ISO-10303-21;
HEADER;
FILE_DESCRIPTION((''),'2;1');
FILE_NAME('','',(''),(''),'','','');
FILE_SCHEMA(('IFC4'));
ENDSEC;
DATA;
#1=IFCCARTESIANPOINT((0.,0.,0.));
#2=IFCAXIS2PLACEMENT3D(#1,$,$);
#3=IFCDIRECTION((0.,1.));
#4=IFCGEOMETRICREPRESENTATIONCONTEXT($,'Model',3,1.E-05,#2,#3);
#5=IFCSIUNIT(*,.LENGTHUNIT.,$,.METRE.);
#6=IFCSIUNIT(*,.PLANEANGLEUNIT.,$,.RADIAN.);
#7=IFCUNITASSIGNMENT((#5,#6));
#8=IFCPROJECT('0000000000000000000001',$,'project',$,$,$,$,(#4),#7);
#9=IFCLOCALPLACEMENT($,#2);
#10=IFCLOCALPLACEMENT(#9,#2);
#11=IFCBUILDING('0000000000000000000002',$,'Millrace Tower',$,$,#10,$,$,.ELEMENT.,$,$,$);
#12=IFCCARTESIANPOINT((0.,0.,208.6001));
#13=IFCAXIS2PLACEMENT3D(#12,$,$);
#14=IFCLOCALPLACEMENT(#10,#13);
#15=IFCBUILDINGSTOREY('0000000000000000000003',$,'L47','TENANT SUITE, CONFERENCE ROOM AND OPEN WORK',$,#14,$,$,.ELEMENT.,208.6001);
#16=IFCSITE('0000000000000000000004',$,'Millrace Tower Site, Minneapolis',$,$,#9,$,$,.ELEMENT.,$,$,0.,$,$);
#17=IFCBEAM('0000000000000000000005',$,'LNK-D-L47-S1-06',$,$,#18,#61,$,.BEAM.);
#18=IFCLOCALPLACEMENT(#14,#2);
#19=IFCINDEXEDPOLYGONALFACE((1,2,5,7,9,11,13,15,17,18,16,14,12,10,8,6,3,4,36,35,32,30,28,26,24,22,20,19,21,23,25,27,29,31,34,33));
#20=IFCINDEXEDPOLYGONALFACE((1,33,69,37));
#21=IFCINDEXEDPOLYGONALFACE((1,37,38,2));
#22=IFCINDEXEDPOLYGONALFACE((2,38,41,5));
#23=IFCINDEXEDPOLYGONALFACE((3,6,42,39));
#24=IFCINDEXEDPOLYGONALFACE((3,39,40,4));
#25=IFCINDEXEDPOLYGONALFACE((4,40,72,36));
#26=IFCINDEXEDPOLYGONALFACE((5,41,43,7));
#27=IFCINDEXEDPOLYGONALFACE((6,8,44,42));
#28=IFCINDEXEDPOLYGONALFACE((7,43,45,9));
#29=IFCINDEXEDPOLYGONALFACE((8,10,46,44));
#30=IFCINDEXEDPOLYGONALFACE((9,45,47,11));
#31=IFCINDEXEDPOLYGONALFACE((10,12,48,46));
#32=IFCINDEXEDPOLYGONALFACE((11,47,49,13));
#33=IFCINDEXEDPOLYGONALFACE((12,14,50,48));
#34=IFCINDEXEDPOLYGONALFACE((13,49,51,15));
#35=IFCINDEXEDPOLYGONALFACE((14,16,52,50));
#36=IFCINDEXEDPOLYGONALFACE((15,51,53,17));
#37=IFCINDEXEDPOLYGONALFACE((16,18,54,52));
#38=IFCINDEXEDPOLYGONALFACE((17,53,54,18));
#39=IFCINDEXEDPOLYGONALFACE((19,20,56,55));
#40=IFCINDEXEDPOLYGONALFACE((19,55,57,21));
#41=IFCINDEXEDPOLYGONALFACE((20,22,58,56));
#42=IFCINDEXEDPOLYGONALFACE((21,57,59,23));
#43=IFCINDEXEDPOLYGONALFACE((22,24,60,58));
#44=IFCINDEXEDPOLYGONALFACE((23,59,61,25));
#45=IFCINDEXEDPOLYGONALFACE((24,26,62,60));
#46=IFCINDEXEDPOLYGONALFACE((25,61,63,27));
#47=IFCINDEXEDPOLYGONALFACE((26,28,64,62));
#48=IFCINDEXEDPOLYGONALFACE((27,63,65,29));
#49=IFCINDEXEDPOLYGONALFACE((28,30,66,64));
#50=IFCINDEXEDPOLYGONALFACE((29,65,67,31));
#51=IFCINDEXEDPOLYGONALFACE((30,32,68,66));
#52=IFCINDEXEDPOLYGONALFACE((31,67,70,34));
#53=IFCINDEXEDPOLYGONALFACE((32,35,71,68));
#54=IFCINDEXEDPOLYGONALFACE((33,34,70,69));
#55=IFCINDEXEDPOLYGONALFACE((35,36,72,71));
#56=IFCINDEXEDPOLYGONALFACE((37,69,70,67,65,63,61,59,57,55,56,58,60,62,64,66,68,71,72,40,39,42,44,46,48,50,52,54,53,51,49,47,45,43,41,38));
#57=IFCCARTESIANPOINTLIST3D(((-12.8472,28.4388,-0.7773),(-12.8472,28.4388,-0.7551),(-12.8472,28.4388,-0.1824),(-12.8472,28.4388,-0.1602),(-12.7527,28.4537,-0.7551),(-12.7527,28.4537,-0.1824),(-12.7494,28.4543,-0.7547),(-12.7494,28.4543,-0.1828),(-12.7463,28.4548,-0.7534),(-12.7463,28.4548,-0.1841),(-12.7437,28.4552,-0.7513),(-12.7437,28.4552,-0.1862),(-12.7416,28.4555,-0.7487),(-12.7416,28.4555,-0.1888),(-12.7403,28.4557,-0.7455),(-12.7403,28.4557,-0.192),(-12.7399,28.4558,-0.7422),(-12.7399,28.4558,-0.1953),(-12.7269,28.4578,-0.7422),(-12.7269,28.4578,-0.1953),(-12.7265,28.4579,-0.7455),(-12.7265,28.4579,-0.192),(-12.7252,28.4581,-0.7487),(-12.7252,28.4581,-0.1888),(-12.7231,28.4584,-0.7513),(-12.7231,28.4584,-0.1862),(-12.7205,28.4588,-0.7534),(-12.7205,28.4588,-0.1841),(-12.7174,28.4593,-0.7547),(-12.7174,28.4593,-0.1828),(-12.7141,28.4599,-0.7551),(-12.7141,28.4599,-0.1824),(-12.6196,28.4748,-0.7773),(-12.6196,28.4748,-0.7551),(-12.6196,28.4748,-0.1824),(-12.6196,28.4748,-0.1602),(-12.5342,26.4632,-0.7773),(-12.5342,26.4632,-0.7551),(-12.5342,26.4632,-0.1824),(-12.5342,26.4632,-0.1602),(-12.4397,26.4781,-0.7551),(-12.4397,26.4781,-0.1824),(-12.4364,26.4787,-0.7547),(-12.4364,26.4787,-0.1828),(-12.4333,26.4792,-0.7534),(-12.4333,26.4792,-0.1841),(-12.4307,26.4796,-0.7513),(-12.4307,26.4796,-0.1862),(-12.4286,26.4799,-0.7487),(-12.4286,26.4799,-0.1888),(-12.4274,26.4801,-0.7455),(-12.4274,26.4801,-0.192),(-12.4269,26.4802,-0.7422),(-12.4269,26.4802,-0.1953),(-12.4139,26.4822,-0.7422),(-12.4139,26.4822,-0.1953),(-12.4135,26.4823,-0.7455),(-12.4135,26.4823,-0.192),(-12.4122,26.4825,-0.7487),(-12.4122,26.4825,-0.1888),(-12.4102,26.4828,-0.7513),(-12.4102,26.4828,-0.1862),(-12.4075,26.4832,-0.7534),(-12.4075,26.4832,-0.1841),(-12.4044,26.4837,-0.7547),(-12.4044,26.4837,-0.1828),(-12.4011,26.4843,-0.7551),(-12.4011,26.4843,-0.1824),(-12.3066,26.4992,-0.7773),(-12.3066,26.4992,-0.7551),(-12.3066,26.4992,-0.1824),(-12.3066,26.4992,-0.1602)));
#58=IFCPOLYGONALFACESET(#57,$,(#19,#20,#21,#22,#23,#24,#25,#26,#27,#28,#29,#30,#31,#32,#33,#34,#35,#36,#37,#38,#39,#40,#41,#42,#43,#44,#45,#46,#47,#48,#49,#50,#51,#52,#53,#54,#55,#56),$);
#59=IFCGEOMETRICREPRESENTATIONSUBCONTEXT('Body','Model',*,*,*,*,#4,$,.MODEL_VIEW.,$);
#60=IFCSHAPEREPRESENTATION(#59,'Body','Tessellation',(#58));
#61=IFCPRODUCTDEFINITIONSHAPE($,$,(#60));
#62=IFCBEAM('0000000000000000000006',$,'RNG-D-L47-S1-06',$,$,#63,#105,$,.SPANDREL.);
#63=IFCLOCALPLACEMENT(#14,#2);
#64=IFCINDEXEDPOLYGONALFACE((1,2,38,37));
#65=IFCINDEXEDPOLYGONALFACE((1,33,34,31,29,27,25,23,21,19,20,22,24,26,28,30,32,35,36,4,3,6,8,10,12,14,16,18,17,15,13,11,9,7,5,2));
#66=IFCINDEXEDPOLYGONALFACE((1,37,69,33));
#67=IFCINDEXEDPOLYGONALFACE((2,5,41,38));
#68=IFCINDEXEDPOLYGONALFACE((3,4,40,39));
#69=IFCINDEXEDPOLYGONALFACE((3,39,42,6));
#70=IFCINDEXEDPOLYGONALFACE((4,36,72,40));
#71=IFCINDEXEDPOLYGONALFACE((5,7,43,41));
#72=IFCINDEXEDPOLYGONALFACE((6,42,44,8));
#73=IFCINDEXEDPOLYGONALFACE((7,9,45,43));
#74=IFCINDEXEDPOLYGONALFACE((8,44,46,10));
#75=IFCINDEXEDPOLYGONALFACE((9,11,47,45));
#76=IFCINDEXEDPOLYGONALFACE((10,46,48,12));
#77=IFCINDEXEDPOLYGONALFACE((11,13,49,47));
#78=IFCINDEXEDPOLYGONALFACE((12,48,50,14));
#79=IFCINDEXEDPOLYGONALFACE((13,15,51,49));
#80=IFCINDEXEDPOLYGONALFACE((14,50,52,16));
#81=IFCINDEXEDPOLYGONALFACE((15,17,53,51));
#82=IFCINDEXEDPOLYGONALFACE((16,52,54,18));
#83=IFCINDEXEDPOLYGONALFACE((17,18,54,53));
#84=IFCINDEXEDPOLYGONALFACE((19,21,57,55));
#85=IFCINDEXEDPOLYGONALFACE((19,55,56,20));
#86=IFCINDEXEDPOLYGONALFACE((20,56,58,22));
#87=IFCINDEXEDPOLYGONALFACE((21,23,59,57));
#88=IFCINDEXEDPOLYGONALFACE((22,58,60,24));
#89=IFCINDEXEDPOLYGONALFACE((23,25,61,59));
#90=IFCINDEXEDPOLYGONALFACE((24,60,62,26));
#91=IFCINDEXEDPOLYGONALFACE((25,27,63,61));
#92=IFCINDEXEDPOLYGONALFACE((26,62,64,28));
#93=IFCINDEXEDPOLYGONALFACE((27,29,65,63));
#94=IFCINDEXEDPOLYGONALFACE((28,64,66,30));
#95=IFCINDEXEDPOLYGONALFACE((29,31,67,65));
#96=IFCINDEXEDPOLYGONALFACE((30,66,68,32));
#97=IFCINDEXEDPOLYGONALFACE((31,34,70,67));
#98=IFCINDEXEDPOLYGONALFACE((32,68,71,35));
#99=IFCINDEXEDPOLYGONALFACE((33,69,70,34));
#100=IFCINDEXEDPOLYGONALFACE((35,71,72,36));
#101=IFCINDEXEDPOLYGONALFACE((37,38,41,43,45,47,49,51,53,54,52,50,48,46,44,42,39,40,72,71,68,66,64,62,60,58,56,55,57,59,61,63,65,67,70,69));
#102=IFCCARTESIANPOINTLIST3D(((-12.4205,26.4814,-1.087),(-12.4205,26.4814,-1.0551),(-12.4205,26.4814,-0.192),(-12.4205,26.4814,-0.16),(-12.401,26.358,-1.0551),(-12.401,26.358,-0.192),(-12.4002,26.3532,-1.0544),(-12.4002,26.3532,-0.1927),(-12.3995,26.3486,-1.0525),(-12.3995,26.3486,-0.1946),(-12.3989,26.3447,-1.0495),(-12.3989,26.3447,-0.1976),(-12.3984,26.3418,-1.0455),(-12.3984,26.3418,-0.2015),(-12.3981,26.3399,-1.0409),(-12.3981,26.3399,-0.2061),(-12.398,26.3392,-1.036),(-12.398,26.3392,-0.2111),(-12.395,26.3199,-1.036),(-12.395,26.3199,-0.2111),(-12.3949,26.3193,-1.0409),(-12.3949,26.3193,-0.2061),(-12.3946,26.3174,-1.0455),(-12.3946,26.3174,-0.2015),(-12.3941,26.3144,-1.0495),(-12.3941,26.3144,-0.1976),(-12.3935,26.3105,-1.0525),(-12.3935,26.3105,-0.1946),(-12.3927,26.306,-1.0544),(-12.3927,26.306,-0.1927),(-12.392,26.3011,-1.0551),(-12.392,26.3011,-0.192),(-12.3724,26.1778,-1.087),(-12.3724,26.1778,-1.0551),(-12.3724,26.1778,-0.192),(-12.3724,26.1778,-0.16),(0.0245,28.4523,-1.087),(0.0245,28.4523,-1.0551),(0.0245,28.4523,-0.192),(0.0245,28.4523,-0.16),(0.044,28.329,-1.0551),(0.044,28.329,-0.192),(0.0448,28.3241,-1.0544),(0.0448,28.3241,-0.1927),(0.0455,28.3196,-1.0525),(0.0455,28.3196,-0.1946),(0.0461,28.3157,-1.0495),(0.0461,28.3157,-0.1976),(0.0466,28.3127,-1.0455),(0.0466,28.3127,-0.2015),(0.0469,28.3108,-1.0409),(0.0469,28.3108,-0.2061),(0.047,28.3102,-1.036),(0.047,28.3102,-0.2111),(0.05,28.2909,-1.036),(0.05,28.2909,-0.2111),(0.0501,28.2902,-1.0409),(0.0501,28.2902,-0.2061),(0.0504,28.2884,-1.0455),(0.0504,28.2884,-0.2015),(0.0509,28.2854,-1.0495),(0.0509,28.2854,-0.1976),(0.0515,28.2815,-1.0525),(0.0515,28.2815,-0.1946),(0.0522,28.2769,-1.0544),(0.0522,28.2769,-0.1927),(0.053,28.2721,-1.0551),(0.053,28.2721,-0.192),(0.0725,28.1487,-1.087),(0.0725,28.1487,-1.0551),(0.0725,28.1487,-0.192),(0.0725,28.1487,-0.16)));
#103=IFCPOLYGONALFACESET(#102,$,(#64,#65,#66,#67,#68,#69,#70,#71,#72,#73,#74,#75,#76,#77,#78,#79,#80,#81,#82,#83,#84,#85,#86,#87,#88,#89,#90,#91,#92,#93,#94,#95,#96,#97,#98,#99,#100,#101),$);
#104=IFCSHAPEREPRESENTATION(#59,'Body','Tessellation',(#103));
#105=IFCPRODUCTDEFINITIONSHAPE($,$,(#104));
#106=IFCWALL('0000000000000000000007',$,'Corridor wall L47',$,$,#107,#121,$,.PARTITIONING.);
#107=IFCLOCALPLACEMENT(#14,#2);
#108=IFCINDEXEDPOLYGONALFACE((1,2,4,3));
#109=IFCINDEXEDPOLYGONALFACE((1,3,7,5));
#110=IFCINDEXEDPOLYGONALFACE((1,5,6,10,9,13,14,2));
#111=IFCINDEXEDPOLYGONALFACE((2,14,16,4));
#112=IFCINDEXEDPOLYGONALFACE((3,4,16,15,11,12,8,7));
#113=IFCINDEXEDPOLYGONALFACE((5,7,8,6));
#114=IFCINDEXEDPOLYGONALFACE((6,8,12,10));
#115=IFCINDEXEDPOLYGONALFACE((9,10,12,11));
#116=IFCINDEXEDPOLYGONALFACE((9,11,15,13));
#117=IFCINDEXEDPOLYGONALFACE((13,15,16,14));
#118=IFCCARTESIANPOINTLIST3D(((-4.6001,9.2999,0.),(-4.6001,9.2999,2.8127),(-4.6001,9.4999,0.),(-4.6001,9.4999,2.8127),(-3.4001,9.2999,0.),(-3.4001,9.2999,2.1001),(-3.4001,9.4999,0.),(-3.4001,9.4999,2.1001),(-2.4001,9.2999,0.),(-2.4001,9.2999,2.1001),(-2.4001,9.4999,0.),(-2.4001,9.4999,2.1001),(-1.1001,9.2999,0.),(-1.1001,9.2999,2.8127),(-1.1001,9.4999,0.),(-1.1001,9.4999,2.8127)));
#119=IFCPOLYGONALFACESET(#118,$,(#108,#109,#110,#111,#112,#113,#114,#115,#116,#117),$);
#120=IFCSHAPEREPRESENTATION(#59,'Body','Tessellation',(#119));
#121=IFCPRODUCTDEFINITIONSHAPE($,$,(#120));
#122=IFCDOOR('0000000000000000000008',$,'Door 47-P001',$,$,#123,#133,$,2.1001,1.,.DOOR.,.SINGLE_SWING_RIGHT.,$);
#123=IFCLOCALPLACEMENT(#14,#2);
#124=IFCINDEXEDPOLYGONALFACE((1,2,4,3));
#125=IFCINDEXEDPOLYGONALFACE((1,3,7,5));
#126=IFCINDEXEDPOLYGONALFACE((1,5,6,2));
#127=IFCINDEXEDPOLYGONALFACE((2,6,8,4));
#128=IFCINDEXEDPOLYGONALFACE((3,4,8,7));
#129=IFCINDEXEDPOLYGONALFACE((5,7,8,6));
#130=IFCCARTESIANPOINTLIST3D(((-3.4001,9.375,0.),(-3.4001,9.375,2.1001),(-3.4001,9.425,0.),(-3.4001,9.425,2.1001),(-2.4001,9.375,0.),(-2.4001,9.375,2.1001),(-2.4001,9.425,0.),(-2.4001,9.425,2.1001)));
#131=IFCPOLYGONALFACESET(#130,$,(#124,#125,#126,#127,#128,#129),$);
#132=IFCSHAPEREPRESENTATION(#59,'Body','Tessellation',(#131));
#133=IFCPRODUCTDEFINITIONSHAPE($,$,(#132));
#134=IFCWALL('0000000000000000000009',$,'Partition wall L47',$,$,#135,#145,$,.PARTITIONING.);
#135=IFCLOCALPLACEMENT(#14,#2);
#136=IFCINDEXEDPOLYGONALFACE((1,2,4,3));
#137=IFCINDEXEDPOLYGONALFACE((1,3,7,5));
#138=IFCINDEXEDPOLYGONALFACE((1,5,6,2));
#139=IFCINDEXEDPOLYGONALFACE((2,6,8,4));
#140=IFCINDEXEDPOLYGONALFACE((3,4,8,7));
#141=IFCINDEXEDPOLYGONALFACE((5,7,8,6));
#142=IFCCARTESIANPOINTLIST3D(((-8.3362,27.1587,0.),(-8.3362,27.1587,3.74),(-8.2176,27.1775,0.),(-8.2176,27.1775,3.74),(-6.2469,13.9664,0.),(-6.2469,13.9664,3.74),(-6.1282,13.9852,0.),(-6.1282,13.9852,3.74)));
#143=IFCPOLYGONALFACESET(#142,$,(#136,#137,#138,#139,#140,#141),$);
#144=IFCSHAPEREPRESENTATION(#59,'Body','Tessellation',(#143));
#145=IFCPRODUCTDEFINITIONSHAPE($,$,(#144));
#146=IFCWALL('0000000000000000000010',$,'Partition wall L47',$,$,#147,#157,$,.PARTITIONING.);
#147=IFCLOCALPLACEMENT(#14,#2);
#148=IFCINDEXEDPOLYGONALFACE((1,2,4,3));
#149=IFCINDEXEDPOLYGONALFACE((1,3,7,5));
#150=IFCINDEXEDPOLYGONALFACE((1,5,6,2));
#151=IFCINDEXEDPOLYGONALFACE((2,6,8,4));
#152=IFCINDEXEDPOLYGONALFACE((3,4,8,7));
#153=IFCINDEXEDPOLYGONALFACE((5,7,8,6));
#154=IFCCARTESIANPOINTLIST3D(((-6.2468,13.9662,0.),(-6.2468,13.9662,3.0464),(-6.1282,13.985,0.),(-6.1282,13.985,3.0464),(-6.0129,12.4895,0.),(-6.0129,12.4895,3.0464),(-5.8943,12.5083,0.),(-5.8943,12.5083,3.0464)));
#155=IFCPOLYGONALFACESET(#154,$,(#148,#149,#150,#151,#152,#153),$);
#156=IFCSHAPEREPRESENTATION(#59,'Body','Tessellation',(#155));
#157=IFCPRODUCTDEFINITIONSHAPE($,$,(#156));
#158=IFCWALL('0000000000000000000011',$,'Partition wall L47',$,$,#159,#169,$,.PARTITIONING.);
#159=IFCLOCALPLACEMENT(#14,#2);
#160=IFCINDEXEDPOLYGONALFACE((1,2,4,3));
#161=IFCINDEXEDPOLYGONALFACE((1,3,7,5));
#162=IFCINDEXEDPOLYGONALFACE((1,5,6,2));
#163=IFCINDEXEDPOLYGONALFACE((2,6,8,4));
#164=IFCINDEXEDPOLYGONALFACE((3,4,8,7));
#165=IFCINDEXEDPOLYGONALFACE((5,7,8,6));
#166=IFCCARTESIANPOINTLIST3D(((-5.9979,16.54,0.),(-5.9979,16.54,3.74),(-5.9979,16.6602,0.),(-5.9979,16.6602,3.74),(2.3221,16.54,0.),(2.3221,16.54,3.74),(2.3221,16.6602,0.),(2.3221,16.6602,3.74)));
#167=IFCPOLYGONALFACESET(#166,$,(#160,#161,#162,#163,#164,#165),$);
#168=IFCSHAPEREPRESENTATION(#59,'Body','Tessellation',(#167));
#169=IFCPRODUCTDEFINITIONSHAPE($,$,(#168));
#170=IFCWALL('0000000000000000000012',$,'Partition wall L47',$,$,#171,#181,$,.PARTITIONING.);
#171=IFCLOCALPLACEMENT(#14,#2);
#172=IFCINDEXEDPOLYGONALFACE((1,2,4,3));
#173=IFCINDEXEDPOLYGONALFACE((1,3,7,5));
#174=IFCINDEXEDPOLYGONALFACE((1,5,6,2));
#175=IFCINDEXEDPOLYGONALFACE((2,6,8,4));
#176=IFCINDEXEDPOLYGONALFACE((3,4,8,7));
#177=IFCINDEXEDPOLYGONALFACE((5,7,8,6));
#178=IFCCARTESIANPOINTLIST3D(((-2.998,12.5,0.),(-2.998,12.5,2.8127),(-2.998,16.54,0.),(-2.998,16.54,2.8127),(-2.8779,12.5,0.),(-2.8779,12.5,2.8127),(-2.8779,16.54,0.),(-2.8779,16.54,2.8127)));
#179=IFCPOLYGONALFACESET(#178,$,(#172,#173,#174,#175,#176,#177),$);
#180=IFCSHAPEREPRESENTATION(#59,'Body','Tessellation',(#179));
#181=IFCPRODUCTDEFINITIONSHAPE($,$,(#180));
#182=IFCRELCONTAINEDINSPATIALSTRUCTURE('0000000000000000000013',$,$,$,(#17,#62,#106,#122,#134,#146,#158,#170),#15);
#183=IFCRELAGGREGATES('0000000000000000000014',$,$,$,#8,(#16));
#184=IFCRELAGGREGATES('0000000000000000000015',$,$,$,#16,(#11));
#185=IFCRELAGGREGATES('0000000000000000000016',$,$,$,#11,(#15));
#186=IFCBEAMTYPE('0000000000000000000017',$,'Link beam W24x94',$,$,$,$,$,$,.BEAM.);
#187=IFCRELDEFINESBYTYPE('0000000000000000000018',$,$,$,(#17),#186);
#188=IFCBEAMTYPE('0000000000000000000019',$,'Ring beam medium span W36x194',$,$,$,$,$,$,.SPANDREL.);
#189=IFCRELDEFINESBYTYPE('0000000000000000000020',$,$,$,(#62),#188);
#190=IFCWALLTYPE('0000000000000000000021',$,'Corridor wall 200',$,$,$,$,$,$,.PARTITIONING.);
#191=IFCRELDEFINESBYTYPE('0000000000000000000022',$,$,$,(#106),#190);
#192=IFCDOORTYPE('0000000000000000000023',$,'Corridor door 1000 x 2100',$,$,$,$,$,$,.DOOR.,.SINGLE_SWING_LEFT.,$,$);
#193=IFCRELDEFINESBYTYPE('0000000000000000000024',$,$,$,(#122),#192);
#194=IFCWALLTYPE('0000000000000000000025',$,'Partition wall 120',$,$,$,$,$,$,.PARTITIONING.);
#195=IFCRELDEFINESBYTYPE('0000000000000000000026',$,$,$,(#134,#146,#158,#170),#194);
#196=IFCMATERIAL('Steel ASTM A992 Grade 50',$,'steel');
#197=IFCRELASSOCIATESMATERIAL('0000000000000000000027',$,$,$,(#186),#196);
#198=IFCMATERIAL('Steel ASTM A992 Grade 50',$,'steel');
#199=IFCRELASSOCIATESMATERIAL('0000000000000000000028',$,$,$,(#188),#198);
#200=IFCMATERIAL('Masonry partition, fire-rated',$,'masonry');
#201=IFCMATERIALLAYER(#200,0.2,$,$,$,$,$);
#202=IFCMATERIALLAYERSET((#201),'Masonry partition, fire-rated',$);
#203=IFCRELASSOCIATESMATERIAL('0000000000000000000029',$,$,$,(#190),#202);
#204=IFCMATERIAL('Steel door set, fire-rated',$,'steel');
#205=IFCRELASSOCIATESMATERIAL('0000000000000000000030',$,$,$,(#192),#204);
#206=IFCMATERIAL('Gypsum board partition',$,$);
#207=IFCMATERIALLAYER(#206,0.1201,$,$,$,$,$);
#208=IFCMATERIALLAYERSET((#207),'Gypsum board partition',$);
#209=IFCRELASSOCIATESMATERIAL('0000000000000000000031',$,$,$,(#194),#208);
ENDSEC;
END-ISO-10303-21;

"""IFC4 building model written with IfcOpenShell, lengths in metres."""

from ifc_helpers import new_model, si_unit, direction, frame, frame_2d, origin, origin_2d, place, context, subcontext, project, spatial, rectangle, i_section, extrude, material, layer, layer_set, material_profile, profile_set, type_object, element, fill, save


model = new_model("IFC4")

# Units and contexts
model_context = context("Model", 3, precision=1e-05, world=origin(), true_north=direction((0.0, 1.0)))
body_context = subcontext(model_context, "Body", "Model", "MODEL_VIEW")
ifc_project = project(units=[si_unit("LENGTHUNIT", "METRE"), si_unit("PLANEANGLEUNIT", "RADIAN")], contexts=[model_context])

# Site, building, storey
site_placement = place(None, origin())
site = spatial("IfcSite", under=ifc_project, at=site_placement, Name="Millrace Tower Site, Minneapolis", CompositionType="ELEMENT", RefElevation=0.0)
building_placement = place(site_placement, origin())
building = spatial("IfcBuilding", under=site, at=building_placement, Name="Millrace Tower", CompositionType="ELEMENT")
storey_placement = place(building_placement, frame((0.0, 0.0, 208.6001)))
storey = spatial("IfcBuildingStorey", under=building, at=storey_placement, Name="L47", Description="TENANT SUITE, CONFERENCE ROOM AND OPEN WORK", CompositionType="ELEMENT", Elevation=208.6001)

# Beams
ifc_material_1 = material(Name="Steel ASTM A992 Grade 50", Category="steel")
ifc_material_profile_1 = material_profile(ifc_material_1, i_section(OverallWidth=0.2305, OverallDepth=0.6172, WebThickness=0.0132, FlangeThickness=0.0222, FilletRadius=0.0129, at=origin_2d()))
ifc_profile_set_1 = profile_set([ifc_material_profile_1], Name="Steel ASTM A992 Grade 50")
beam_type_1 = type_object("IfcBeamType", Name="Link beam W24x94", PredefinedType="BEAM", material=ifc_profile_set_1)
beam_1_placement = place(storey_placement, frame((-12.4204, 26.4812, -0.4688), z_axis=(-0.156477, 0.987682, 0.0), x_axis=(-0.987682, -0.156477, 0.0)))
element("IfcBeam", 1, at=beam_1_placement, inside=storey, type_object=beam_type_1, Name="LNK-D-L47-S1-06", PredefinedType="BEAM", context=body_context, shape_type="SweptSolid", body=[
    extrude(i_section(OverallWidth=0.2305, OverallDepth=0.6172, WebThickness=0.0132, FlangeThickness=0.0222, FilletRadius=0.0129, at=origin_2d()), origin(), (0.0, 0.0, 1.0), 2.0002),
])
ifc_material_2 = material(Name="Steel ASTM A992 Grade 50", Category="steel")
ifc_material_profile_2 = material_profile(ifc_material_2, i_section(OverallWidth=0.3074, OverallDepth=0.927, WebThickness=0.0195, FlangeThickness=0.032, FilletRadius=0.019, at=origin_2d()))
ifc_profile_set_2 = profile_set([ifc_material_profile_2], Name="Steel ASTM A992 Grade 50")
beam_type_2 = type_object("IfcBeamType", Name="Ring beam medium span W36x194", PredefinedType="SPANDREL", material=ifc_profile_set_2)
beam_2_placement = place(storey_placement, frame((-12.3965, 26.3296, -0.6235), z_axis=(0.98769, 0.156422, 0.0), x_axis=(-0.156422, 0.98769, 0.0)))
element("IfcBeam", 2, at=beam_2_placement, inside=storey, type_object=beam_type_2, Name="RNG-D-L47-S1-06", PredefinedType="SPANDREL", context=body_context, shape_type="SweptSolid", body=[
    extrude(i_section(OverallWidth=0.3074, OverallDepth=0.927, WebThickness=0.0195, FlangeThickness=0.032, FilletRadius=0.019, at=origin_2d()), origin(), (0.0, 0.0, 1.0), 12.6001),
])

# Wall, opening, door
ifc_material_3 = material(Name="Masonry partition, fire-rated", Category="masonry")
ifc_layer_1 = layer(ifc_material_3, 0.2)
ifc_layer_set_1 = layer_set([ifc_layer_1], Name="Masonry partition, fire-rated")
wall_type_1 = type_object("IfcWallType", Name="Corridor wall 200", PredefinedType="PARTITIONING", material=ifc_layer_set_1)
wall_1_placement = place(storey_placement, frame((-4.6001, 9.3999, 0.0), z_axis=(0.0, 0.0, 1.0), x_axis=(1.0, 0.0, 0.0)))
wall_1 = element("IfcWall", 3, at=wall_1_placement, inside=storey, type_object=wall_type_1, Name="Corridor wall L47", PredefinedType="PARTITIONING", context=body_context, shape_type="SweptSolid", body=[
    extrude(rectangle(XDim=3.5, YDim=0.2, at=frame_2d((1.75, 0.0))), origin(), (0.0, 0.0, 1.0), 2.8127),
])
opening_placement = place(wall_1_placement, frame((1.2, 0.0, 0.0)))
opening = element("IfcOpeningElement", 4, at=opening_placement, cuts=wall_1, PredefinedType="OPENING", context=body_context, shape_type="SweptSolid", body=[
    extrude(rectangle(XDim=1.0, YDim=2.1001, at=frame_2d((0.5, 1.05))), frame((0.0, 0.1099, 0.0), z_axis=(0.0, -1.0, 0.0), x_axis=(1.0, 0.0, 0.0)), (0.0, 0.0, 1.0), 0.22),
])
ifc_material_4 = material(Name="Steel door set, fire-rated", Category="steel")
door_type = type_object("IfcDoorType", Name="Corridor door 1000 x 2100", OperationType="SINGLE_SWING_LEFT", PredefinedType="DOOR", material=ifc_material_4)
door_placement = place(opening_placement, frame((1.0, 0.0, 0.0), z_axis=(0.0, 0.0, 1.0), x_axis=(-1.0, 0.0, 0.0)))
door = element("IfcDoor", 5, at=door_placement, inside=storey, type_object=door_type, Name="Door 47-P001", OperationType="SINGLE_SWING_RIGHT", OverallHeight=2.1001, OverallWidth=1.0, PredefinedType="DOOR", context=body_context, shape_type="SweptSolid", body=[
    extrude(rectangle(XDim=1.0, YDim=2.1001, at=frame_2d((0.5, 1.05))), frame((0.0, 0.0249, 0.0), z_axis=(0.0, -1.0, 0.0), x_axis=(1.0, 0.0, 0.0)), (0.0, 0.0, 1.0), 0.05),
])
fill(opening, door)

# Walls
ifc_material_5 = material(Name="Gypsum board partition")
ifc_layer_2 = layer(ifc_material_5, 0.1201)
ifc_layer_set_2 = layer_set([ifc_layer_2], Name="Gypsum board partition")
wall_type_2 = type_object("IfcWallType", Name="Partition wall 120", PredefinedType="PARTITIONING", material=ifc_layer_set_2)
wall_2_placement = place(storey_placement, frame((-8.2769, 27.168, 0.0), z_axis=(0.0, 0.0, 1.0), x_axis=(0.156426, -0.98769, 0.0)))
element("IfcWall", 6, at=wall_2_placement, inside=storey, type_object=wall_type_2, Name="Partition wall L47", PredefinedType="PARTITIONING", context=body_context, shape_type="SweptSolid", body=[
    extrude(rectangle(XDim=13.3567, YDim=0.1201, at=frame_2d((6.6782, 0.0))), origin(), (0.0, 0.0, 1.0), 3.74),
])
wall_3_placement = place(storey_placement, frame((-6.1875, 13.9756, 0.0), z_axis=(0.0, 0.0, 1.0), x_axis=(0.156424, -0.98769, 0.0)))
element("IfcWall", 7, at=wall_3_placement, inside=storey, type_object=wall_type_2, Name="Partition wall L47", PredefinedType="PARTITIONING", context=body_context, shape_type="SweptSolid", body=[
    extrude(rectangle(XDim=1.4951, YDim=0.1201, at=frame_2d((0.7476, 0.0))), origin(), (0.0, 0.0, 1.0), 3.0464),
])
wall_4_placement = place(storey_placement, frame((-5.998, 16.6001, 0.0), z_axis=(0.0, 0.0, 1.0), x_axis=(1.0, 0.0, 0.0)))
element("IfcWall", 8, at=wall_4_placement, inside=storey, type_object=wall_type_2, Name="Partition wall L47", PredefinedType="PARTITIONING", context=body_context, shape_type="SweptSolid", body=[
    extrude(rectangle(XDim=8.3201, YDim=0.1201, at=frame_2d((4.1602, 0.0))), origin(), (0.0, 0.0, 1.0), 3.74),
])
wall_5_placement = place(storey_placement, frame((-2.938, 12.5, 0.0), z_axis=(0.0, 0.0, 1.0), x_axis=(0.0, 1.0, 0.0)))
element("IfcWall", 9, at=wall_5_placement, inside=storey, type_object=wall_type_2, Name="Partition wall L47", PredefinedType="PARTITIONING", context=body_context, shape_type="SweptSolid", body=[
    extrude(rectangle(XDim=4.04, YDim=0.1201, at=frame_2d((2.02, 0.0))), origin(), (0.0, 0.0, 1.0), 2.8127),
])

save(model, "model.ifc")
